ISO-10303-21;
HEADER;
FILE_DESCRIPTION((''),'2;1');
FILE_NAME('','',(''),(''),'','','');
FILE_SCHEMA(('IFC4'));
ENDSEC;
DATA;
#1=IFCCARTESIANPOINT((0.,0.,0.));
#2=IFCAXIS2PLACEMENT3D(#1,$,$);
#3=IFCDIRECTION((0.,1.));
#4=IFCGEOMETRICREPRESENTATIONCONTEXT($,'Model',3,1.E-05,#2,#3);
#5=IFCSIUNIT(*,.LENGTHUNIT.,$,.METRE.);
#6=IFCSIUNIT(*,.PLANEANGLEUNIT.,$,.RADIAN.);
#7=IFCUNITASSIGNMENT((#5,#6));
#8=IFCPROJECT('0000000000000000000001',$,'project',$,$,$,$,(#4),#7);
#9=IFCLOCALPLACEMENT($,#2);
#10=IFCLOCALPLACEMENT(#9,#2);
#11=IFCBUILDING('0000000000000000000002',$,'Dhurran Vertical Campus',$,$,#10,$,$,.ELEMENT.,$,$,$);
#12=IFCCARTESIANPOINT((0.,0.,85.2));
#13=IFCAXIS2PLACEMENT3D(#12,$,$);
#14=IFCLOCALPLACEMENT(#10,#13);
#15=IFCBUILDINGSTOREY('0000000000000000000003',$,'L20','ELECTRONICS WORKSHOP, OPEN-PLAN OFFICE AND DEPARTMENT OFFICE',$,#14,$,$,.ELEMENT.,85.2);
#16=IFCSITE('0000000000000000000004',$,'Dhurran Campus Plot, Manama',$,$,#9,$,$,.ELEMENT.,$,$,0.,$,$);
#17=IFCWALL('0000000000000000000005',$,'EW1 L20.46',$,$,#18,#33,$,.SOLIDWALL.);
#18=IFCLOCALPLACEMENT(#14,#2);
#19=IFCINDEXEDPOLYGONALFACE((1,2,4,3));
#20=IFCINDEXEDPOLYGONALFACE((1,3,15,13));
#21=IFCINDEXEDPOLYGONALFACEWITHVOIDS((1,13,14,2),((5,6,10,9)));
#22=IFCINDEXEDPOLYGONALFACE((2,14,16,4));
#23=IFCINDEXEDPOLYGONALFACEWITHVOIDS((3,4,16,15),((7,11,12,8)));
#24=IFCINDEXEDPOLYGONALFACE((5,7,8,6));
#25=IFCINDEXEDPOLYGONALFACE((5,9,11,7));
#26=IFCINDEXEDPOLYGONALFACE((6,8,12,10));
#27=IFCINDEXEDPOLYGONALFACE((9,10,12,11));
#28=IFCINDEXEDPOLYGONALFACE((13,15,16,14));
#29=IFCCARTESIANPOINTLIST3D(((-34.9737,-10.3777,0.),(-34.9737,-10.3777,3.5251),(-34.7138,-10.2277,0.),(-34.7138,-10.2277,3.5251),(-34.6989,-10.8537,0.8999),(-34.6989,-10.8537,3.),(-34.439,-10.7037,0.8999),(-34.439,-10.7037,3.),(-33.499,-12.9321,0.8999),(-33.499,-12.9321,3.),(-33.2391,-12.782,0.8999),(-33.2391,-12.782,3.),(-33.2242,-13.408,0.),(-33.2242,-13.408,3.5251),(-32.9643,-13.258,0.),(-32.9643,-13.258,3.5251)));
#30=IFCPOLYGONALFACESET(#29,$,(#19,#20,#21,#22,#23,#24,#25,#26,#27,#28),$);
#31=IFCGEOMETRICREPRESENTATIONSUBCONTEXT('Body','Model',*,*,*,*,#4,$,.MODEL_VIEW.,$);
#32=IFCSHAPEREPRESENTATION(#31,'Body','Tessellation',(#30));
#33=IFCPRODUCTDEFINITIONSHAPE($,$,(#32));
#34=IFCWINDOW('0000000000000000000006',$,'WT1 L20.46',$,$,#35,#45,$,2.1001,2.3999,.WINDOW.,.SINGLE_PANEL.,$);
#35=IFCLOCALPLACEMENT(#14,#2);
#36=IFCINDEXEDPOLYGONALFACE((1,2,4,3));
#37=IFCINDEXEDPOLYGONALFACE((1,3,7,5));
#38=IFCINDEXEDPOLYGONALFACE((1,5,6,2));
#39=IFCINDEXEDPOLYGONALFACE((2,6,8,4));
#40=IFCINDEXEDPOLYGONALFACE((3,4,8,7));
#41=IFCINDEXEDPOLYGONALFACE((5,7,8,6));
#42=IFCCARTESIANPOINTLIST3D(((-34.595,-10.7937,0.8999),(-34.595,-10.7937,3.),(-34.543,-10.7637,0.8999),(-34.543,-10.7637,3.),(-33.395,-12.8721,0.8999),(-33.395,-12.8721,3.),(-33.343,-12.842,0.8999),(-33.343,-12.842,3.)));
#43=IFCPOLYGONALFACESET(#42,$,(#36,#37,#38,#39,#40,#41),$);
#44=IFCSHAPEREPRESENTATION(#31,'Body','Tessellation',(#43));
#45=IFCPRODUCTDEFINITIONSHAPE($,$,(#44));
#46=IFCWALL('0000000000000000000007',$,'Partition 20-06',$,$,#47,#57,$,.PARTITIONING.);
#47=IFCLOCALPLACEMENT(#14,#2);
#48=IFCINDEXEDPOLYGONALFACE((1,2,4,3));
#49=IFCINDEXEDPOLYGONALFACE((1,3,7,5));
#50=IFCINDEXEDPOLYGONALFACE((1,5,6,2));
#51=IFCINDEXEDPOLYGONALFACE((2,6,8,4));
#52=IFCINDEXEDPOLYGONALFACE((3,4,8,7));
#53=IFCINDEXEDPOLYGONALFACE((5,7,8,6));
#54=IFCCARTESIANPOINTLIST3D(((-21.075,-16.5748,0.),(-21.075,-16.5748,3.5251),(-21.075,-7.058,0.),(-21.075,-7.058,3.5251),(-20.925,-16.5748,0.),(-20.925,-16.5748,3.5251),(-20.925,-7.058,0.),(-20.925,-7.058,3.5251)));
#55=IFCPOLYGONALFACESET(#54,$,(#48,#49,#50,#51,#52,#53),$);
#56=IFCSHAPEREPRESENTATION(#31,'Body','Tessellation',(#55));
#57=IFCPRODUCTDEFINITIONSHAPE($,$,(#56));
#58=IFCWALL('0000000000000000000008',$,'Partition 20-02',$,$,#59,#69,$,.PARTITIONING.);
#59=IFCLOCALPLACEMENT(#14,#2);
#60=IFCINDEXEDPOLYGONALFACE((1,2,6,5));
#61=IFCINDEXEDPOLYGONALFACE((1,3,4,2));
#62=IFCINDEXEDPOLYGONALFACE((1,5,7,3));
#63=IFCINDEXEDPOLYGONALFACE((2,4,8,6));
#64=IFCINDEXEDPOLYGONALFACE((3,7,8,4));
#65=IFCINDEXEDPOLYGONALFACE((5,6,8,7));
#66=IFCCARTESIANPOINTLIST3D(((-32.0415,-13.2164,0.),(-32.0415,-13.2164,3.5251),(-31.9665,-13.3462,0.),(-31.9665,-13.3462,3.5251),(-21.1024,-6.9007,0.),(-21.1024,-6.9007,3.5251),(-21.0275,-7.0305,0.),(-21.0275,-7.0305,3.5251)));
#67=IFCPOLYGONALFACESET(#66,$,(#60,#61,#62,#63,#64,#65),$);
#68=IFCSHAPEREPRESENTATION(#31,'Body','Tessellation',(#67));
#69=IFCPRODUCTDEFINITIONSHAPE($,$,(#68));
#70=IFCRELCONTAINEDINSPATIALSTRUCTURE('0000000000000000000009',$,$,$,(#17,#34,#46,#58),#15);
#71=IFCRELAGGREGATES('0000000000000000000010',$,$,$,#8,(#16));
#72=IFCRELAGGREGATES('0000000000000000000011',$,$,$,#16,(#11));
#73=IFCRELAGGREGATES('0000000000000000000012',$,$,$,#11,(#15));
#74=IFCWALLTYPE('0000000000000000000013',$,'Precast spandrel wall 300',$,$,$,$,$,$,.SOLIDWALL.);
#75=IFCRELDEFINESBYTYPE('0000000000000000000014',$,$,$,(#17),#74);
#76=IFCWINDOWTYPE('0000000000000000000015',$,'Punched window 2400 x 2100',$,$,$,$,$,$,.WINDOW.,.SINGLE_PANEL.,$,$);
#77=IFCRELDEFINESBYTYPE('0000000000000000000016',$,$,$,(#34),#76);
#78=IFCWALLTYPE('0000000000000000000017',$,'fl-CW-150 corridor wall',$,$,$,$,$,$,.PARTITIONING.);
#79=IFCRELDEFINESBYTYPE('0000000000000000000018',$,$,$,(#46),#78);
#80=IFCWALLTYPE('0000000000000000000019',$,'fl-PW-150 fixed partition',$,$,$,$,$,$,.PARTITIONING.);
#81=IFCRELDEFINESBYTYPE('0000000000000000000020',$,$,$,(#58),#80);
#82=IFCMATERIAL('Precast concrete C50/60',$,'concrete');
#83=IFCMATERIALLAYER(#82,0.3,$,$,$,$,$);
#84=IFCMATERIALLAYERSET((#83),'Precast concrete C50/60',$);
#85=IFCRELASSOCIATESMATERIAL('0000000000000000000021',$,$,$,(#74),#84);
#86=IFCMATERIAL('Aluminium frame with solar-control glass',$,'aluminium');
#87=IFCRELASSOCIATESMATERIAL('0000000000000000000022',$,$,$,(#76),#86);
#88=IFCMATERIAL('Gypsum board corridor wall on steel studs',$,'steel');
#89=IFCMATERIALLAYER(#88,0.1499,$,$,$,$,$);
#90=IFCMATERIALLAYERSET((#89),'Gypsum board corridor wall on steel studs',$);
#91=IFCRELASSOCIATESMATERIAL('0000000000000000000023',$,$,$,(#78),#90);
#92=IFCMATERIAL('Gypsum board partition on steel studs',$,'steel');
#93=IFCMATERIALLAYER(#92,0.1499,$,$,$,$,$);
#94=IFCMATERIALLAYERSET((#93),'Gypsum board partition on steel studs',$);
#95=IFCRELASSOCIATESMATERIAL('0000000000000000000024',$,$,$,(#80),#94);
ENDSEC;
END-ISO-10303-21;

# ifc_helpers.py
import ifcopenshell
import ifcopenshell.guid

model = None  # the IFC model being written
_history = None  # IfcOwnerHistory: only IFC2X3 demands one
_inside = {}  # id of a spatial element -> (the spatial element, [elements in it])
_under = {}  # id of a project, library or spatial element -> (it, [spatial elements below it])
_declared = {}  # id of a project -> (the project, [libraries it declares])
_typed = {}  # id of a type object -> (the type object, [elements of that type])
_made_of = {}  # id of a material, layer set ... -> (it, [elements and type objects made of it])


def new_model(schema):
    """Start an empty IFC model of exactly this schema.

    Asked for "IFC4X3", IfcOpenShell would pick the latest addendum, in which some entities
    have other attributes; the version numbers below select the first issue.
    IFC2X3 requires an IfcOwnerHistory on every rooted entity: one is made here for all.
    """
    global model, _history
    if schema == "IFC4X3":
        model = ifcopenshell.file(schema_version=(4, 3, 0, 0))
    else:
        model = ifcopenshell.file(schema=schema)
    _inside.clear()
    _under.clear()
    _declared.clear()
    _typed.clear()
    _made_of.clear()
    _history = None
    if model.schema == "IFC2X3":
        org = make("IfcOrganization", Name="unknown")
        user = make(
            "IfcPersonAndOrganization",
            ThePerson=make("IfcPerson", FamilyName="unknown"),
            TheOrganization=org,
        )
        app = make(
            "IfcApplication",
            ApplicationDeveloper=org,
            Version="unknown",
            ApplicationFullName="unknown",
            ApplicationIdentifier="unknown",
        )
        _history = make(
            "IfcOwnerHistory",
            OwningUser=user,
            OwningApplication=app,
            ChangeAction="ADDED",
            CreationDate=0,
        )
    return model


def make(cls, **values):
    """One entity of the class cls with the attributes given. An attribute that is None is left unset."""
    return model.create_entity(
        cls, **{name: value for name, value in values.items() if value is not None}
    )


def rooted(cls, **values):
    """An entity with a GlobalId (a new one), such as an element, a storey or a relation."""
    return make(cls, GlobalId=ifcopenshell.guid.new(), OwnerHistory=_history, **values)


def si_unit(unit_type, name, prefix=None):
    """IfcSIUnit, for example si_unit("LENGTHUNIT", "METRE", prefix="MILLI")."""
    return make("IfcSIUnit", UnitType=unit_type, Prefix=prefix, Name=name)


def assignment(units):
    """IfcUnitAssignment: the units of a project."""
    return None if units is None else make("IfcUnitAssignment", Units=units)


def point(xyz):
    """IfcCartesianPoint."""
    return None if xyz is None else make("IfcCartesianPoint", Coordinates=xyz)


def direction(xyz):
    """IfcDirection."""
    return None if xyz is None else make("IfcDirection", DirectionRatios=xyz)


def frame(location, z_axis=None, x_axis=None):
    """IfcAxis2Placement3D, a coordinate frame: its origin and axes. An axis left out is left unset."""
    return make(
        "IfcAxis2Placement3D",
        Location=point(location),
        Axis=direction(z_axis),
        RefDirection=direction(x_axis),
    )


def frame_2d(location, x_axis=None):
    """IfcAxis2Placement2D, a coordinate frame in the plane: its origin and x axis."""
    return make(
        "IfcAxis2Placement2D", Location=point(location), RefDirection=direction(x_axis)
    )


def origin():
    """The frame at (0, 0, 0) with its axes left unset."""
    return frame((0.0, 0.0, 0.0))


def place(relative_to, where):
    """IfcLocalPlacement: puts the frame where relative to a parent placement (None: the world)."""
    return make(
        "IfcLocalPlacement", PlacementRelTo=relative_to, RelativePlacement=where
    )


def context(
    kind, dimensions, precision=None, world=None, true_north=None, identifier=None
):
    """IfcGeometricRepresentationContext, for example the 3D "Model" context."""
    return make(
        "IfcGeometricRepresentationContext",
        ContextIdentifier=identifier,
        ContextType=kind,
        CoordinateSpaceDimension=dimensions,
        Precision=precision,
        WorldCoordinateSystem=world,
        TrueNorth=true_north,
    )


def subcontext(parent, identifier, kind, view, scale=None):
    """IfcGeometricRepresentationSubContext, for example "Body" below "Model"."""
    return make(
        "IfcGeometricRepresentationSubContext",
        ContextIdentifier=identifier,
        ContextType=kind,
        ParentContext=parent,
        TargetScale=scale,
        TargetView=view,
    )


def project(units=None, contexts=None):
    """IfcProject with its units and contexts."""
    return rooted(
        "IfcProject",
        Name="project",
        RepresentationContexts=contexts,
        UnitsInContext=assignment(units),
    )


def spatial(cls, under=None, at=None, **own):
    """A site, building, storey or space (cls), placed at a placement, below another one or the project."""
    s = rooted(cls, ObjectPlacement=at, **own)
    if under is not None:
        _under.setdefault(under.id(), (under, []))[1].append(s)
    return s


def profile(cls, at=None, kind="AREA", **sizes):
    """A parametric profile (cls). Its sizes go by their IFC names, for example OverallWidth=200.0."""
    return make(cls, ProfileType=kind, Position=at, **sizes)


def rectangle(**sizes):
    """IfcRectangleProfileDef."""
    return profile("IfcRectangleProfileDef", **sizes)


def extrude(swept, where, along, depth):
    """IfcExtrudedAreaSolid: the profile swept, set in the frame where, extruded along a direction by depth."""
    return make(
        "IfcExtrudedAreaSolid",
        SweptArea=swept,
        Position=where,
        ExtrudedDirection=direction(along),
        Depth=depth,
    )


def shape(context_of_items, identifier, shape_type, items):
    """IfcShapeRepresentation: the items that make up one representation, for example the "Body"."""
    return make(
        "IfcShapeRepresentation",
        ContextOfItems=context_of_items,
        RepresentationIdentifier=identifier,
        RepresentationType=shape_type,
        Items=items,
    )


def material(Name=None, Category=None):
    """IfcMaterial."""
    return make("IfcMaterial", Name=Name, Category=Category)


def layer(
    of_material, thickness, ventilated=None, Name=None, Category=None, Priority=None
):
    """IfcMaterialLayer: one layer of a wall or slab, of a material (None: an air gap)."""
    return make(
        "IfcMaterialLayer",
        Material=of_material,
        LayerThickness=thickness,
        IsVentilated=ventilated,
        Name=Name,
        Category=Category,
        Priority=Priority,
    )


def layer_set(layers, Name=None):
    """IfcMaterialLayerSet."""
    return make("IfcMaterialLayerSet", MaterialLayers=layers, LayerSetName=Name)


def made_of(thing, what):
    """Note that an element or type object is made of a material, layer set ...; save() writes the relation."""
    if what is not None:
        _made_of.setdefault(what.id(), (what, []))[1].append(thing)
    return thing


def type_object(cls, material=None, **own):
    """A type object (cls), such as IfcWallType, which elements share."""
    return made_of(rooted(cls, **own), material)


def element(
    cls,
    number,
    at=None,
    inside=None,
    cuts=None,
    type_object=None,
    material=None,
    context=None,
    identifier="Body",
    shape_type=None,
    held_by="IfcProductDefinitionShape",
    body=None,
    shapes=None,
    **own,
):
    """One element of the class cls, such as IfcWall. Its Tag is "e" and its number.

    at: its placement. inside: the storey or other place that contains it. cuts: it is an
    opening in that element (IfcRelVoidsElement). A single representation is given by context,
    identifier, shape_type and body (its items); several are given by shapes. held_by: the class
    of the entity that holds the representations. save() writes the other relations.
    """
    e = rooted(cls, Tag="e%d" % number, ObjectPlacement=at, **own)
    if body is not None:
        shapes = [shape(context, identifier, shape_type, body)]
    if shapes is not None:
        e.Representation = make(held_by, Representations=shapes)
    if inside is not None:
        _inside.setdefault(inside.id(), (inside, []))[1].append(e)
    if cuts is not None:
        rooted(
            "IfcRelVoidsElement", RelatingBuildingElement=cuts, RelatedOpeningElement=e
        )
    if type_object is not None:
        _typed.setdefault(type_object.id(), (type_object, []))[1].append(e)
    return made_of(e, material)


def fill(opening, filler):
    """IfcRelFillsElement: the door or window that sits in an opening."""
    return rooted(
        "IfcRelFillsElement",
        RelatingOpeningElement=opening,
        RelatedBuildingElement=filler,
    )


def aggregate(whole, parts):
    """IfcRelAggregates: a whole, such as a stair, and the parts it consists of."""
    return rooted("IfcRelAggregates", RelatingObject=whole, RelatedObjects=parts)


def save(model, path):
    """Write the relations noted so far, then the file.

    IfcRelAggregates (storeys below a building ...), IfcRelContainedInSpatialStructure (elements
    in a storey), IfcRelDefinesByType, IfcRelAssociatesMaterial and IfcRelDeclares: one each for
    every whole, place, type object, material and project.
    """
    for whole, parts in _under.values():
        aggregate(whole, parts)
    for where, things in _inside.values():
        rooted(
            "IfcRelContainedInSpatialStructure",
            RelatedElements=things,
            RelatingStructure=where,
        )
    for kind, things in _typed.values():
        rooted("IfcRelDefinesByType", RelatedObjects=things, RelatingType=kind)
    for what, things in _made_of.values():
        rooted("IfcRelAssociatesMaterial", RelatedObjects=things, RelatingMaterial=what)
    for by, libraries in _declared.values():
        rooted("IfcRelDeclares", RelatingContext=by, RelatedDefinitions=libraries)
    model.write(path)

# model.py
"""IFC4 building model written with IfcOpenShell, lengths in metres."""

from ifc_helpers import new_model, si_unit, direction, frame, frame_2d, origin, place, context, subcontext, project, spatial, rectangle, extrude, material, layer, layer_set, type_object, element, fill, save


model = new_model("IFC4")

# Units and contexts
model_context = context("Model", 3, precision=1e-05, world=origin(), true_north=direction((0.0, 1.0)))
body_context = subcontext(model_context, "Body", "Model", "MODEL_VIEW")
ifc_project = project(units=[si_unit("LENGTHUNIT", "METRE"), si_unit("PLANEANGLEUNIT", "RADIAN")], contexts=[model_context])

# Site, building, storey
site_placement = place(None, origin())
site = spatial("IfcSite", under=ifc_project, at=site_placement, Name="Dhurran Campus Plot, Manama", CompositionType="ELEMENT", RefElevation=0.0)
building_placement = place(site_placement, origin())
building = spatial("IfcBuilding", under=site, at=building_placement, Name="Dhurran Vertical Campus", CompositionType="ELEMENT")
storey_placement = place(building_placement, frame((0.0, 0.0, 85.2)))
storey = spatial("IfcBuildingStorey", under=building, at=storey_placement, Name="L20", Description="ELECTRONICS WORKSHOP, OPEN-PLAN OFFICE AND DEPARTMENT OFFICE", CompositionType="ELEMENT", Elevation=85.2)

# Wall, opening, window
ifc_material_1 = material(Name="Precast concrete C50/60", Category="concrete")
ifc_layer_1 = layer(ifc_material_1, 0.3)
ifc_layer_set_1 = layer_set([ifc_layer_1], Name="Precast concrete C50/60")
wall_type_1 = type_object("IfcWallType", Name="Precast spandrel wall 300", PredefinedType="SOLIDWALL", material=ifc_layer_set_1)
ifc_material_2 = material(Name="Aluminium frame with solar-control glass", Category="aluminium")
window_type = type_object("IfcWindowType", Name="Punched window 2400 x 2100", PartitioningType="SINGLE_PANEL", PredefinedType="WINDOW", material=ifc_material_2)
wall_1_placement = place(storey_placement, frame((-34.8438, -10.3027, 0.0), z_axis=(0.0, 0.0, 1.0), x_axis=(0.499996, -0.866028, 0.0)))
wall_1 = element("IfcWall", 1, at=wall_1_placement, inside=storey, type_object=wall_type_1, Name="EW1 L20.46", PredefinedType="SOLIDWALL", context=body_context, shape_type="SweptSolid", body=[
    extrude(rectangle(XDim=3.499, YDim=0.3, at=frame_2d((1.7495, 0.0))), origin(), (0.0, 0.0, 1.0), 3.5251),
])
opening_1_placement = place(wall_1_placement, frame((0.5496, 0.0, 0.8999)))
opening_1 = element("IfcOpeningElement", 2, at=opening_1_placement, cuts=wall_1, PredefinedType="OPENING", context=body_context, shape_type="SweptSolid", body=[
    extrude(rectangle(XDim=2.3999, YDim=2.1001, at=frame_2d((1.2, 1.05))), frame((0.0, 0.1599, 0.0), z_axis=(0.0, -1.0, 0.0), x_axis=(1.0, 0.0, 0.0)), (0.0, 0.0, 1.0), 0.3201),
])
window_1_placement = place(opening_1_placement, origin())
window_1 = element("IfcWindow", 3, at=window_1_placement, inside=storey, type_object=window_type, Name="WT1 L20.46", OverallHeight=2.1001, OverallWidth=2.3999, PartitioningType="SINGLE_PANEL", PredefinedType="WINDOW", context=body_context, shape_type="SweptSolid", body=[
    extrude(rectangle(XDim=2.3999, YDim=2.1001, at=frame_2d((1.2, 1.05))), frame((0.0, 0.03, 0.0), z_axis=(0.0, -1.0, 0.0), x_axis=(1.0, 0.0, 0.0)), (0.0, 0.0, 1.0), 0.0601),
])
fill(opening_1, window_1)

# Walls
ifc_material_3 = material(Name="Gypsum board corridor wall on steel studs", Category="steel")
ifc_layer_2 = layer(ifc_material_3, 0.1499)
ifc_layer_set_2 = layer_set([ifc_layer_2], Name="Gypsum board corridor wall on steel studs")
wall_type_2 = type_object("IfcWallType", Name="fl-CW-150 corridor wall", PredefinedType="PARTITIONING", material=ifc_layer_set_2)
wall_2_placement = place(storey_placement, frame((-21.0, -7.0581, 0.0), z_axis=(0.0, 0.0, 1.0), x_axis=(0.0, -1.0, 0.0)))
element("IfcWall", 4, at=wall_2_placement, inside=storey, type_object=wall_type_2, Name="Partition 20-06", PredefinedType="PARTITIONING", context=body_context, shape_type="SweptSolid", body=[
    extrude(rectangle(XDim=9.5168, YDim=0.1499, at=frame_2d((4.7583, 0.0))), origin(), (0.0, 0.0, 1.0), 3.5251),
])
ifc_material_4 = material(Name="Gypsum board partition on steel studs", Category="steel")
ifc_layer_3 = layer(ifc_material_4, 0.1499)
ifc_layer_set_3 = layer_set([ifc_layer_3], Name="Gypsum board partition on steel studs")
wall_type_3 = type_object("IfcWallType", Name="fl-PW-150 fixed partition", PredefinedType="PARTITIONING", material=ifc_layer_set_3)
wall_3_placement = place(storey_placement, frame((-21.0649, -6.9656, 0.0), z_axis=(0.0, 0.0, 1.0), x_axis=(-0.866023, -0.500004, 0.0)))
element("IfcWall", 5, at=wall_3_placement, inside=storey, type_object=wall_type_3, Name="Partition 20-02", PredefinedType="PARTITIONING", context=body_context, shape_type="SweptSolid", body=[
    extrude(rectangle(XDim=12.6313, YDim=0.1499, at=frame_2d((6.3157, 0.0))), origin(), (0.0, 0.0, 1.0), 3.5251),
])

save(model, "model.ifc")
